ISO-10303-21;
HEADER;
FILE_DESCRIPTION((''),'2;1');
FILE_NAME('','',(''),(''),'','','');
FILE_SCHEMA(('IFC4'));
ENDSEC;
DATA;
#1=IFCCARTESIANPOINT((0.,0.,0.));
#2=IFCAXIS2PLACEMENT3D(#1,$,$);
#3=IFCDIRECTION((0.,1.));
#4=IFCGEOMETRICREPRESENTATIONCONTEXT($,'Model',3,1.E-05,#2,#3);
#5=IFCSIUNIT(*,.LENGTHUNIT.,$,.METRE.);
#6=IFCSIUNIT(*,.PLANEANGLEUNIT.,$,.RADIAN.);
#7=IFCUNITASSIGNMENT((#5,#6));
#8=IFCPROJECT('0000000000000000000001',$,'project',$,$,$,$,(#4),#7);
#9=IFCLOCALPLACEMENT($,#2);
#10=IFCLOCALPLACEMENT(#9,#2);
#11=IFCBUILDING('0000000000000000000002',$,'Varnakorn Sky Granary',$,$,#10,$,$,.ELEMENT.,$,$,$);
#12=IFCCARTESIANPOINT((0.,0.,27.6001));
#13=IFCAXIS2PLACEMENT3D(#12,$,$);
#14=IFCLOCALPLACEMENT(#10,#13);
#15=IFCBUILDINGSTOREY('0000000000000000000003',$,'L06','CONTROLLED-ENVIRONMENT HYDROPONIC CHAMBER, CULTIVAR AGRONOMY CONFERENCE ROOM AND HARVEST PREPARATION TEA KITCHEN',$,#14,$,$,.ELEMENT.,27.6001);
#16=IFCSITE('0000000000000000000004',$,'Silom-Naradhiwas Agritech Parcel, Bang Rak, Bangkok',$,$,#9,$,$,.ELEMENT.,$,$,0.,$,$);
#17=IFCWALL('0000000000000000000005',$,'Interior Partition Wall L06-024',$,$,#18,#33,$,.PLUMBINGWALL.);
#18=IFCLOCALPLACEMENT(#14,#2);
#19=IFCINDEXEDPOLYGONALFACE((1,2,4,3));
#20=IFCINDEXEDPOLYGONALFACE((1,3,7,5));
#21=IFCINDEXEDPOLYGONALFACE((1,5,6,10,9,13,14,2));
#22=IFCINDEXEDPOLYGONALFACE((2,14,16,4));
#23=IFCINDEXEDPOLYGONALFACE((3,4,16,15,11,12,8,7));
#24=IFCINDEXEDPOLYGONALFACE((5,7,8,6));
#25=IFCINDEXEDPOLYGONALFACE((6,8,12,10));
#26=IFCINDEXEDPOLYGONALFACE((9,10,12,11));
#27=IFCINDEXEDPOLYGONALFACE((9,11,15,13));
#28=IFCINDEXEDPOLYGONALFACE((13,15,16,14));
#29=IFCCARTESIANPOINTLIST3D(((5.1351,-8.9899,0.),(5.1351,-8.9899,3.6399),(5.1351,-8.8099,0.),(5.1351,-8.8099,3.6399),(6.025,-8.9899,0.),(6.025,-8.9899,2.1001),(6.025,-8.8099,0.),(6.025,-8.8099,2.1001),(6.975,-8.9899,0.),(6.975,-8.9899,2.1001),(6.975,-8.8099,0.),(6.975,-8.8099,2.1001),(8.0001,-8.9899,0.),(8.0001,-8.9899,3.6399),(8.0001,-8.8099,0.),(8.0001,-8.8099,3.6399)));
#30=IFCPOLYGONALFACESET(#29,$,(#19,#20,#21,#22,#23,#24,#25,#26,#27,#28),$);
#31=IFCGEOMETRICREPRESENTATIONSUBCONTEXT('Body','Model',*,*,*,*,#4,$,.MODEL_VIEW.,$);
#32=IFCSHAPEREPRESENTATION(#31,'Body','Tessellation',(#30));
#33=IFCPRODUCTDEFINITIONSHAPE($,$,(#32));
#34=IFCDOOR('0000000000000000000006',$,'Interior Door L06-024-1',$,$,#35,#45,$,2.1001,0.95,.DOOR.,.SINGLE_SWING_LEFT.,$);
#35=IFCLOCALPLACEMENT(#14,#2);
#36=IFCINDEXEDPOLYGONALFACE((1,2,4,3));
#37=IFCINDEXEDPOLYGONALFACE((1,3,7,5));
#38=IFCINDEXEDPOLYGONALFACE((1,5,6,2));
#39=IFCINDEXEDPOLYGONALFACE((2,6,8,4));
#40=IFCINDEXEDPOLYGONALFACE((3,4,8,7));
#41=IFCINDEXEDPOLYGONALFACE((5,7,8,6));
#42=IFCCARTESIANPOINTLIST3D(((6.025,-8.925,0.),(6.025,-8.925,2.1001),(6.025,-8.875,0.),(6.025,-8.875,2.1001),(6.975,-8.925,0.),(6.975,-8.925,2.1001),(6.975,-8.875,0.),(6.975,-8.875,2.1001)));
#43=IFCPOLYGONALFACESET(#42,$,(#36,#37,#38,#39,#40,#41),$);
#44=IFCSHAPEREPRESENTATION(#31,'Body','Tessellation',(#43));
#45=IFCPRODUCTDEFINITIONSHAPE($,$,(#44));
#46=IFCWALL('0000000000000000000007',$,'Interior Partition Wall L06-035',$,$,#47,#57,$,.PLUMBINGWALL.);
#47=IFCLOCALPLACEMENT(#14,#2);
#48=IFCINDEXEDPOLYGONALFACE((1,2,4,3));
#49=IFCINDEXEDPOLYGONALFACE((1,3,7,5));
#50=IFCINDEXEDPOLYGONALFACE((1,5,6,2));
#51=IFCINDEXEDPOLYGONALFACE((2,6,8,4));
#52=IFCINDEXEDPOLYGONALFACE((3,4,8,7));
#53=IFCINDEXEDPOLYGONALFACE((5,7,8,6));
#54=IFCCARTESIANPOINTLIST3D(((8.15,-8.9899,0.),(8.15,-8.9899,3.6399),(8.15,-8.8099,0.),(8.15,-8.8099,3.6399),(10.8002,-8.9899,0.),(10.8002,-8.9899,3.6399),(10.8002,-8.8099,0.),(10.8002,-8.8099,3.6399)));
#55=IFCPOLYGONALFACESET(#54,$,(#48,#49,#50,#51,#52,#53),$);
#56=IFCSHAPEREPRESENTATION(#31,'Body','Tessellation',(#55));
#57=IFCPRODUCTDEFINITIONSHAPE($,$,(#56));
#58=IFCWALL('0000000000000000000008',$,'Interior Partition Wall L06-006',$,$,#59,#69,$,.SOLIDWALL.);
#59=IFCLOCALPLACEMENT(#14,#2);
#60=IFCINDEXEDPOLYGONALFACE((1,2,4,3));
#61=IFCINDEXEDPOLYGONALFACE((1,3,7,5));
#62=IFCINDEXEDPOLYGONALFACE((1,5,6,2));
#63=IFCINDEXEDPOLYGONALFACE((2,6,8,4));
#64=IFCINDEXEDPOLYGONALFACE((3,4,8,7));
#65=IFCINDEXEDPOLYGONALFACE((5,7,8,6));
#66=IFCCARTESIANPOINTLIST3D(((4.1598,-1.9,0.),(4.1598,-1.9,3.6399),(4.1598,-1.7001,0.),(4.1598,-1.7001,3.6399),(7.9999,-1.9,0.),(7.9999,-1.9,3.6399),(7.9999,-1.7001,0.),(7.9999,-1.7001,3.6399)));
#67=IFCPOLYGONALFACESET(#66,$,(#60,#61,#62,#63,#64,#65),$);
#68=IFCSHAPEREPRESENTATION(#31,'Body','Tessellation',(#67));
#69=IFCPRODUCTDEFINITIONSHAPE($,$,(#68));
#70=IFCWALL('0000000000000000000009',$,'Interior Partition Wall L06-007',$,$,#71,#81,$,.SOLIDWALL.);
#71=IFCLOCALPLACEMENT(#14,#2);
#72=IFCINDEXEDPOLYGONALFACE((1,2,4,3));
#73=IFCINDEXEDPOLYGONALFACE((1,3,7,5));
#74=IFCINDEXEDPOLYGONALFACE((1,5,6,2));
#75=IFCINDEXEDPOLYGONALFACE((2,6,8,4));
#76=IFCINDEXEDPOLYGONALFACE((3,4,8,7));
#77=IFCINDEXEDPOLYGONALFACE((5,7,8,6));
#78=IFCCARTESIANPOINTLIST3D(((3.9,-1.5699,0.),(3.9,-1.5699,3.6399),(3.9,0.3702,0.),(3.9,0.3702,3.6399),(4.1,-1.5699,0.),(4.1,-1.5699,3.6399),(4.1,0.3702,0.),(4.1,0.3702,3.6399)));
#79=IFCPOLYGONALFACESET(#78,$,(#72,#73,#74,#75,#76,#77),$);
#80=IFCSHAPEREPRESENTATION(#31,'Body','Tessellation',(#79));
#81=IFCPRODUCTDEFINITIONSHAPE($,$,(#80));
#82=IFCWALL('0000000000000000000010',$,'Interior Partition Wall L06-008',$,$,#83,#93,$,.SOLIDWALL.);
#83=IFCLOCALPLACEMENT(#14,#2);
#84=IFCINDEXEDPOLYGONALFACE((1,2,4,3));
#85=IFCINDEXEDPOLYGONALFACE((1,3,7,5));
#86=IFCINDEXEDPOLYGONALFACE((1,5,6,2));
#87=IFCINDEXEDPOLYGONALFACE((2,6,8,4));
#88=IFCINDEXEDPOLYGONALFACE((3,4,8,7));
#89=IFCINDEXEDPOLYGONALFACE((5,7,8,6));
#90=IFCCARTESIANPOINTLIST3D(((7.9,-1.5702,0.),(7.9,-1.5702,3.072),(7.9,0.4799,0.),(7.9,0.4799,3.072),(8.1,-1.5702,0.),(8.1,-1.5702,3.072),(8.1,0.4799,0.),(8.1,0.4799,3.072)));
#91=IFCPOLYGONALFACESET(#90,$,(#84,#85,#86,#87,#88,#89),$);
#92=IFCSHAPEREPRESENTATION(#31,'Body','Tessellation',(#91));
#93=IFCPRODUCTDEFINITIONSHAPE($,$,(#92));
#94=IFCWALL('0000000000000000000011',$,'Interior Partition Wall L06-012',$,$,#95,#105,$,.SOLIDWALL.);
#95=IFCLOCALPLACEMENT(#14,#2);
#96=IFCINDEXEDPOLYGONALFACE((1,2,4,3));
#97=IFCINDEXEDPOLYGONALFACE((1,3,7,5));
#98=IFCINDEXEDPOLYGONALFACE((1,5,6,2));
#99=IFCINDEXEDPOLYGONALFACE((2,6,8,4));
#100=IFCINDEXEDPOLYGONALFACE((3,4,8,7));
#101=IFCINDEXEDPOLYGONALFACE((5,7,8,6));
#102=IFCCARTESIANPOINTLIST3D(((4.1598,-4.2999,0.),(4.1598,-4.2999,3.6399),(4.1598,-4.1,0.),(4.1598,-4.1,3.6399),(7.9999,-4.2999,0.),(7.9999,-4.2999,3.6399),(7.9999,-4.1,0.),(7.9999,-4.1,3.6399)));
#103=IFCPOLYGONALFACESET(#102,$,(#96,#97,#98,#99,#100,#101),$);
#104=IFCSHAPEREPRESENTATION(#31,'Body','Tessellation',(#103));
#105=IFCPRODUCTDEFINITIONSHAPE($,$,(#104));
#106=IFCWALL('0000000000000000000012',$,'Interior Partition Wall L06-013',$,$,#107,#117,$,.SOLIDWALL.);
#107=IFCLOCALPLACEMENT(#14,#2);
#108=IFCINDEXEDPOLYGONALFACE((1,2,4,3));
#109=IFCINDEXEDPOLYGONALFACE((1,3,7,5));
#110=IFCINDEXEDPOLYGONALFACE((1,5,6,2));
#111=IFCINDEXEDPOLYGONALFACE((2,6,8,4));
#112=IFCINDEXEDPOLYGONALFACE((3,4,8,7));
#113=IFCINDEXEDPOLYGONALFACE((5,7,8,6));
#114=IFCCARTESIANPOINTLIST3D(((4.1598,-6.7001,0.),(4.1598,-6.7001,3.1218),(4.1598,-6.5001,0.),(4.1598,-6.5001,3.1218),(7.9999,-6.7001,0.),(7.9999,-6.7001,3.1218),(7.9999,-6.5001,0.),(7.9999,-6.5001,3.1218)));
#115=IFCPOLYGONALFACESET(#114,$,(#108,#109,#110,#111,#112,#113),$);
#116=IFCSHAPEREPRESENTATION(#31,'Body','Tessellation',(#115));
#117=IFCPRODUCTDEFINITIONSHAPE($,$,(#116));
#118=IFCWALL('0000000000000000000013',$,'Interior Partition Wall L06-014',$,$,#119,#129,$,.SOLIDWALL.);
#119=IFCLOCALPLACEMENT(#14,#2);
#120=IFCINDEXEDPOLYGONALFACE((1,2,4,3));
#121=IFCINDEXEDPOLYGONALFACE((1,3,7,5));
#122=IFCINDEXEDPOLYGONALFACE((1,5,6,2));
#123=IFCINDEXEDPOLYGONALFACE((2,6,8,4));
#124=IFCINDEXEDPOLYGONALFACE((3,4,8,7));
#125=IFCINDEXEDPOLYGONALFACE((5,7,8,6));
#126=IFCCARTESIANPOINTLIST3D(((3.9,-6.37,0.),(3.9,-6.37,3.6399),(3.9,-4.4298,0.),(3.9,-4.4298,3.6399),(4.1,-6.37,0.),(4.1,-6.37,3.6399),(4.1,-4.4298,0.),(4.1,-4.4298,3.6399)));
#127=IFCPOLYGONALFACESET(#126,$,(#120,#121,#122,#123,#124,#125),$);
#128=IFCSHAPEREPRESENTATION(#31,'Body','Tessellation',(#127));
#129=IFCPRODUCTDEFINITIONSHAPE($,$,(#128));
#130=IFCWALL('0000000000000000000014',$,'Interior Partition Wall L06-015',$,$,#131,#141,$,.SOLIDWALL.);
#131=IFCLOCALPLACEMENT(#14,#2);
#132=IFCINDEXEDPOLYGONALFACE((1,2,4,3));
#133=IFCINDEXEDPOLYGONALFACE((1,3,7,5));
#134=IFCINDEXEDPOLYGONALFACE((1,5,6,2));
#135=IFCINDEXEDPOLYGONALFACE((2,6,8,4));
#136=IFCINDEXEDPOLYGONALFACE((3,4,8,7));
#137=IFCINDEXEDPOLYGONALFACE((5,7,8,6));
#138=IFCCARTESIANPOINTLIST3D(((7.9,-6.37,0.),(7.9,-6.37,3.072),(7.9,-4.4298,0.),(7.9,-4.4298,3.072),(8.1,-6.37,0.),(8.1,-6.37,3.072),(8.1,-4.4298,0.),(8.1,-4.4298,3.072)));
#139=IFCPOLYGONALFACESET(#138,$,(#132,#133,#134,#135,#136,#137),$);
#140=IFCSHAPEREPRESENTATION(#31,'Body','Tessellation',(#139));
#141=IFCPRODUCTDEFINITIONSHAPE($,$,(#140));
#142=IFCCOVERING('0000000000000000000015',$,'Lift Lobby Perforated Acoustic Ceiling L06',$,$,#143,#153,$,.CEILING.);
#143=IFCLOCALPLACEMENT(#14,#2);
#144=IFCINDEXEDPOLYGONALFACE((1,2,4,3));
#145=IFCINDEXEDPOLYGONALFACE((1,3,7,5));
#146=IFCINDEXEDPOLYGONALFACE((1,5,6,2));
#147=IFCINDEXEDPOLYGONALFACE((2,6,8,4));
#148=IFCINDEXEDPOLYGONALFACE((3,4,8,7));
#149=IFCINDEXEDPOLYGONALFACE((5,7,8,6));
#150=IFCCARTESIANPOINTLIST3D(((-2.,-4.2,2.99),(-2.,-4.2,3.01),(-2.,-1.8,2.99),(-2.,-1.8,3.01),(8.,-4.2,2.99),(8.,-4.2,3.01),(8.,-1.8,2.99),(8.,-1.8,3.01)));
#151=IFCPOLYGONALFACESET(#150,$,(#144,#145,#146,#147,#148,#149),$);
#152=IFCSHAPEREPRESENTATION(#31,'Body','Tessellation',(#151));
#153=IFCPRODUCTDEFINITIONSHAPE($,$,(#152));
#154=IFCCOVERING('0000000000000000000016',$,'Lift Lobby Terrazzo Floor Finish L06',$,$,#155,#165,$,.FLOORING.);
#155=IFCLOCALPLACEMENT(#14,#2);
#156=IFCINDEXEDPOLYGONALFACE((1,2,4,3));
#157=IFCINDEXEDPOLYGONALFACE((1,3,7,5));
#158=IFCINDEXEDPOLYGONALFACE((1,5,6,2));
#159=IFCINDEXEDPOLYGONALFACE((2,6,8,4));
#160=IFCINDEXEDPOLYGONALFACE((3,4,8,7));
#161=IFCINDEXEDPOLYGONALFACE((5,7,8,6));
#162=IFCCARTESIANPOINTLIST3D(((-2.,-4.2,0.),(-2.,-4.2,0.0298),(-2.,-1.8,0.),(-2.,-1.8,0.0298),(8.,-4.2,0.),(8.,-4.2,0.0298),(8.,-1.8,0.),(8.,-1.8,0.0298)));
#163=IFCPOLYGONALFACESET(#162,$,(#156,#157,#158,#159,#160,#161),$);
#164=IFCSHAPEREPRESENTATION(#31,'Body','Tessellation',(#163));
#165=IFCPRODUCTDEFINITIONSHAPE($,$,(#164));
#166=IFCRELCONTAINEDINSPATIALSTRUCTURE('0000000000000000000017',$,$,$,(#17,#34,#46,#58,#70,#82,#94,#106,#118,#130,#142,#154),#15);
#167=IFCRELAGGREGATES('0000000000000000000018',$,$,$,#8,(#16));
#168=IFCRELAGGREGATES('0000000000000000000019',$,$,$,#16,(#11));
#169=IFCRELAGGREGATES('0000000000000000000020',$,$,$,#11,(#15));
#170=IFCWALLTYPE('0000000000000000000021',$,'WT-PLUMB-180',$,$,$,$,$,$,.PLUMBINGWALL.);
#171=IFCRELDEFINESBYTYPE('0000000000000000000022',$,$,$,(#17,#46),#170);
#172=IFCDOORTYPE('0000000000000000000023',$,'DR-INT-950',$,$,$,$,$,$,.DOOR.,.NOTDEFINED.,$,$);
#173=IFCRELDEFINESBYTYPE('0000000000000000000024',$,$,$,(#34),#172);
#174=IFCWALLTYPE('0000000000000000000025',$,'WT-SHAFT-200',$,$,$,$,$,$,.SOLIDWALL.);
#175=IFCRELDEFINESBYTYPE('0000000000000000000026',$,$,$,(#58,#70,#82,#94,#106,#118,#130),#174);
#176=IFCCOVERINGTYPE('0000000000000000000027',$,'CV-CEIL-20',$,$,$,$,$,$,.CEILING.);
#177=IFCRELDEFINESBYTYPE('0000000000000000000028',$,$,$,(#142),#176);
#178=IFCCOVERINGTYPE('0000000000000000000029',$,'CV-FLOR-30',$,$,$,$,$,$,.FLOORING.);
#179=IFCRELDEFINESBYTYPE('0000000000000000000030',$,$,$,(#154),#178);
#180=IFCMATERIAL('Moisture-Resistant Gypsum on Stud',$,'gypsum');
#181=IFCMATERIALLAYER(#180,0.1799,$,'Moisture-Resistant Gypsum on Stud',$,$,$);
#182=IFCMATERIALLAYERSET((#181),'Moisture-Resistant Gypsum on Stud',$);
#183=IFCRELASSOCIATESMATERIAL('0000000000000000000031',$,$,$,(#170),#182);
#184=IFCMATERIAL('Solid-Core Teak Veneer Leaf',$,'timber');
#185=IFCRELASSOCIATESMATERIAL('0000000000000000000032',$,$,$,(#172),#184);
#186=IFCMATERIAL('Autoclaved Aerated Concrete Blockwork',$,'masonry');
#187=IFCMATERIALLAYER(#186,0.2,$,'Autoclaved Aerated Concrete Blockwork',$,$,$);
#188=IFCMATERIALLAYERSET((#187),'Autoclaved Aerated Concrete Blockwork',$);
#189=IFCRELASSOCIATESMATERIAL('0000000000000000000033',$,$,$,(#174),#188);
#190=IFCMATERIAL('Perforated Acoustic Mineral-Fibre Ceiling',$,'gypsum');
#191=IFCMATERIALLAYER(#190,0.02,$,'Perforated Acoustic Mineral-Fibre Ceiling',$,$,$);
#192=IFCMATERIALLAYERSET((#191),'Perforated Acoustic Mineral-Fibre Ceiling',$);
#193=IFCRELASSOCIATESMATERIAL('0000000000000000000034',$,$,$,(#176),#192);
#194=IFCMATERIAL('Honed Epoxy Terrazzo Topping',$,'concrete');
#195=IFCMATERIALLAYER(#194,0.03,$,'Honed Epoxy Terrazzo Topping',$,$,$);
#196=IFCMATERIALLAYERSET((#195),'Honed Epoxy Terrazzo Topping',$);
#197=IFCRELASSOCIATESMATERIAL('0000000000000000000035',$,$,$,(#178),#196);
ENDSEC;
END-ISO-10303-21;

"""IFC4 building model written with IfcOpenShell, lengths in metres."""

from ifc_helpers import new_model, si_unit, direction, frame, frame_2d, origin, place, context, subcontext, project, spatial, polyline, rectangle, outline, extrude, material, layer, layer_set, type_object, element, fill, save


model = new_model("IFC4")

# Units and contexts
model_context = context("Model", 3, precision=1e-05, world=origin(), true_north=direction((0.0, 1.0)))
body_context = subcontext(model_context, "Body", "Model", "MODEL_VIEW")
ifc_project = project(units=[si_unit("LENGTHUNIT", "METRE"), si_unit("PLANEANGLEUNIT", "RADIAN")], contexts=[model_context])

# Site, building, storey
site_placement = place(None, origin())
site = spatial("IfcSite", under=ifc_project, at=site_placement, Name="Silom-Naradhiwas Agritech Parcel, Bang Rak, Bangkok", CompositionType="ELEMENT", RefElevation=0.0)
building_placement = place(site_placement, origin())
building = spatial("IfcBuilding", under=site, at=building_placement, Name="Varnakorn Sky Granary", CompositionType="ELEMENT")
storey_placement = place(building_placement, frame((0.0, 0.0, 27.6001)))
storey = spatial("IfcBuildingStorey", under=building, at=storey_placement, Name="L06", Description="CONTROLLED-ENVIRONMENT HYDROPONIC CHAMBER, CULTIVAR AGRONOMY CONFERENCE ROOM AND HARVEST PREPARATION TEA KITCHEN", CompositionType="ELEMENT", Elevation=27.6001)

# Shared definitions
ifc_material_1 = material(Name="Autoclaved Aerated Concrete Blockwork", Category="masonry")

# Wall, opening, door
ifc_material_2 = material(Name="Moisture-Resistant Gypsum on Stud", Category="gypsum")
ifc_layer_1 = layer(ifc_material_2, 0.1799, Name="Moisture-Resistant Gypsum on Stud")
ifc_layer_set_1 = layer_set([ifc_layer_1], Name="Moisture-Resistant Gypsum on Stud")
wall_type_1 = type_object("IfcWallType", Name="WT-PLUMB-180", PredefinedType="PLUMBINGWALL", material=ifc_layer_set_1)
wall_1_placement = place(storey_placement, frame((5.135, -8.8999, 0.0), z_axis=(0.0, 0.0, 1.0), x_axis=(1.0, 0.0, 0.0)))
wall_1 = element("IfcWall", 1, at=wall_1_placement, inside=storey, type_object=wall_type_1, Name="Interior Partition Wall L06-024", PredefinedType="PLUMBINGWALL", context=body_context, shape_type="SweptSolid", body=[
    extrude(rectangle(XDim=2.865, YDim=0.1799, at=frame_2d((1.4326, 0.0))), origin(), (0.0, 0.0, 1.0), 3.6399),
])
opening_1_placement = place(wall_1_placement, frame((0.8899, 0.0, 0.0)))
opening_1 = element("IfcOpeningElement", 2, at=opening_1_placement, cuts=wall_1, PredefinedType="OPENING", context=body_context, shape_type="SweptSolid", body=[
    extrude(rectangle(XDim=0.95, YDim=2.1001, at=frame_2d((0.4751, 1.05))), frame((0.0, 0.1001, 0.0), z_axis=(0.0, -1.0, 0.0), x_axis=(1.0, 0.0, 0.0)), (0.0, 0.0, 1.0), 0.2),
])
ifc_material_3 = material(Name="Solid-Core Teak Veneer Leaf", Category="timber")
door_type_1 = type_object("IfcDoorType", Name="DR-INT-950", OperationType="NOTDEFINED", PredefinedType="DOOR", material=ifc_material_3)
door_1_placement = place(opening_1_placement, origin())
door_1 = element("IfcDoor", 3, at=door_1_placement, inside=storey, type_object=door_type_1, Name="Interior Door L06-024-1", OperationType="SINGLE_SWING_LEFT", OverallHeight=2.1001, OverallWidth=0.95, PredefinedType="DOOR", context=body_context, shape_type="SweptSolid", body=[
    extrude(rectangle(XDim=0.95, YDim=2.1001, at=frame_2d((0.4751, 1.05))), frame((0.0, 0.0249, 0.0), z_axis=(0.0, -1.0, 0.0), x_axis=(1.0, 0.0, 0.0)), (0.0, 0.0, 1.0), 0.05),
])
fill(opening_1, door_1)

# Walls
wall_2_placement = place(storey_placement, frame((8.1499, -8.8999, 0.0), z_axis=(0.0, 0.0, 1.0), x_axis=(1.0, 0.0, 0.0)))
element("IfcWall", 4, at=wall_2_placement, inside=storey, type_object=wall_type_1, Name="Interior Partition Wall L06-035", PredefinedType="PLUMBINGWALL", context=body_context, shape_type="SweptSolid", body=[
    extrude(rectangle(XDim=2.6501, YDim=0.1799, at=frame_2d((1.3252, 0.0))), origin(), (0.0, 0.0, 1.0), 3.6399),
])
ifc_layer_2 = layer(ifc_material_1, 0.2, Name="Autoclaved Aerated Concrete Blockwork")
ifc_layer_set_2 = layer_set([ifc_layer_2], Name="Autoclaved Aerated Concrete Blockwork")
wall_type_2 = type_object("IfcWallType", Name="WT-SHAFT-200", PredefinedType="SOLIDWALL", material=ifc_layer_set_2)
wall_3_placement = place(storey_placement, frame((4.1599, -1.8, 0.0), z_axis=(0.0, 0.0, 1.0), x_axis=(1.0, 0.0, 0.0)))
element("IfcWall", 5, at=wall_3_placement, inside=storey, type_object=wall_type_2, Name="Interior Partition Wall L06-006", PredefinedType="SOLIDWALL", context=body_context, shape_type="SweptSolid", body=[
    extrude(rectangle(XDim=3.8401, YDim=0.2, at=frame_2d((1.9199, 0.0))), origin(), (0.0, 0.0, 1.0), 3.6399),
])
wall_4_placement = place(storey_placement, frame((4.0, -1.5701, 0.0), z_axis=(0.0, 0.0, 1.0), x_axis=(0.0, 1.0, 0.0)))
element("IfcWall", 6, at=wall_4_placement, inside=storey, type_object=wall_type_2, Name="Interior Partition Wall L06-007", PredefinedType="SOLIDWALL", context=body_context, shape_type="SweptSolid", body=[
    extrude(rectangle(XDim=1.9402, YDim=0.2, at=frame_2d((0.9702, 0.0))), origin(), (0.0, 0.0, 1.0), 3.6399),
])
wall_5_placement = place(storey_placement, frame((8.0, -1.5701, 0.0), z_axis=(0.0, 0.0, 1.0), x_axis=(0.0, 1.0, 0.0)))
element("IfcWall", 7, at=wall_5_placement, inside=storey, type_object=wall_type_2, Name="Interior Partition Wall L06-008", PredefinedType="SOLIDWALL", context=body_context, shape_type="SweptSolid", body=[
    extrude(rectangle(XDim=2.05, YDim=0.2, at=frame_2d((1.0249, 0.0))), origin(), (0.0, 0.0, 1.0), 3.072),
])
wall_6_placement = place(storey_placement, frame((4.1599, -4.2, 0.0), z_axis=(0.0, 0.0, 1.0), x_axis=(1.0, 0.0, 0.0)))
element("IfcWall", 8, at=wall_6_placement, inside=storey, type_object=wall_type_2, Name="Interior Partition Wall L06-012", PredefinedType="SOLIDWALL", context=body_context, shape_type="SweptSolid", body=[
    extrude(rectangle(XDim=3.8401, YDim=0.2, at=frame_2d((1.9199, 0.0))), origin(), (0.0, 0.0, 1.0), 3.6399),
])
wall_7_placement = place(storey_placement, frame((4.1599, -6.6001, 0.0), z_axis=(0.0, 0.0, 1.0), x_axis=(1.0, 0.0, 0.0)))
element("IfcWall", 9, at=wall_7_placement, inside=storey, type_object=wall_type_2, Name="Interior Partition Wall L06-013", PredefinedType="SOLIDWALL", context=body_context, shape_type="SweptSolid", body=[
    extrude(rectangle(XDim=3.8401, YDim=0.2, at=frame_2d((1.9199, 0.0))), origin(), (0.0, 0.0, 1.0), 3.1218),
])
wall_8_placement = place(storey_placement, frame((4.0, -6.3701, 0.0), z_axis=(0.0, 0.0, 1.0), x_axis=(0.0, 1.0, 0.0)))
element("IfcWall", 10, at=wall_8_placement, inside=storey, type_object=wall_type_2, Name="Interior Partition Wall L06-014", PredefinedType="SOLIDWALL", context=body_context, shape_type="SweptSolid", body=[
    extrude(rectangle(XDim=1.9402, YDim=0.2, at=frame_2d((0.9702, 0.0))), origin(), (0.0, 0.0, 1.0), 3.6399),
])
wall_9_placement = place(storey_placement, frame((8.0, -6.3701, 0.0), z_axis=(0.0, 0.0, 1.0), x_axis=(0.0, 1.0, 0.0)))
element("IfcWall", 11, at=wall_9_placement, inside=storey, type_object=wall_type_2, Name="Interior Partition Wall L06-015", PredefinedType="SOLIDWALL", context=body_context, shape_type="SweptSolid", body=[
    extrude(rectangle(XDim=1.9402, YDim=0.2, at=frame_2d((0.9702, 0.0))), origin(), (0.0, 0.0, 1.0), 3.072),
])

# Coverings
ifc_material_4 = material(Name="Perforated Acoustic Mineral-Fibre Ceiling", Category="gypsum")
ifc_layer_3 = layer(ifc_material_4, 0.02, Name="Perforated Acoustic Mineral-Fibre Ceiling")
ifc_layer_set_3 = layer_set([ifc_layer_3], Name="Perforated Acoustic Mineral-Fibre Ceiling")
covering_type_1 = type_object("IfcCoveringType", Name="CV-CEIL-20", PredefinedType="CEILING", material=ifc_layer_set_3)
covering_1_placement = place(storey_placement, frame((0.0, 0.0, 2.99)))
element("IfcCovering", 12, at=covering_1_placement, inside=storey, type_object=covering_type_1, Name="Lift Lobby Perforated Acoustic Ceiling L06", PredefinedType="CEILING", context=body_context, shape_type="SweptSolid", body=[
    extrude(outline(polyline([(-2.0, -4.2), (8.0, -4.2), (8.0, -1.8), (-2.0, -1.8), (-2.0, -4.2)])), origin(), (0.0, 0.0, 1.0), 0.02),
])
ifc_material_5 = material(Name="Honed Epoxy Terrazzo Topping", Category="concrete")
ifc_layer_4 = layer(ifc_material_5, 0.03, Name="Honed Epoxy Terrazzo Topping")
ifc_layer_set_4 = layer_set([ifc_layer_4], Name="Honed Epoxy Terrazzo Topping")
covering_type_2 = type_object("IfcCoveringType", Name="CV-FLOR-30", PredefinedType="FLOORING", material=ifc_layer_set_4)
covering_2_placement = place(storey_placement, origin())
element("IfcCovering", 13, at=covering_2_placement, inside=storey, type_object=covering_type_2, Name="Lift Lobby Terrazzo Floor Finish L06", PredefinedType="FLOORING", context=body_context, shape_type="SweptSolid", body=[
    extrude(outline(polyline([(-2.0, -4.2), (8.0, -4.2), (8.0, -1.8), (-2.0, -1.8), (-2.0, -4.2)])), origin(), (0.0, 0.0, 1.0), 0.0298),
])

save(model, "model.ifc")
